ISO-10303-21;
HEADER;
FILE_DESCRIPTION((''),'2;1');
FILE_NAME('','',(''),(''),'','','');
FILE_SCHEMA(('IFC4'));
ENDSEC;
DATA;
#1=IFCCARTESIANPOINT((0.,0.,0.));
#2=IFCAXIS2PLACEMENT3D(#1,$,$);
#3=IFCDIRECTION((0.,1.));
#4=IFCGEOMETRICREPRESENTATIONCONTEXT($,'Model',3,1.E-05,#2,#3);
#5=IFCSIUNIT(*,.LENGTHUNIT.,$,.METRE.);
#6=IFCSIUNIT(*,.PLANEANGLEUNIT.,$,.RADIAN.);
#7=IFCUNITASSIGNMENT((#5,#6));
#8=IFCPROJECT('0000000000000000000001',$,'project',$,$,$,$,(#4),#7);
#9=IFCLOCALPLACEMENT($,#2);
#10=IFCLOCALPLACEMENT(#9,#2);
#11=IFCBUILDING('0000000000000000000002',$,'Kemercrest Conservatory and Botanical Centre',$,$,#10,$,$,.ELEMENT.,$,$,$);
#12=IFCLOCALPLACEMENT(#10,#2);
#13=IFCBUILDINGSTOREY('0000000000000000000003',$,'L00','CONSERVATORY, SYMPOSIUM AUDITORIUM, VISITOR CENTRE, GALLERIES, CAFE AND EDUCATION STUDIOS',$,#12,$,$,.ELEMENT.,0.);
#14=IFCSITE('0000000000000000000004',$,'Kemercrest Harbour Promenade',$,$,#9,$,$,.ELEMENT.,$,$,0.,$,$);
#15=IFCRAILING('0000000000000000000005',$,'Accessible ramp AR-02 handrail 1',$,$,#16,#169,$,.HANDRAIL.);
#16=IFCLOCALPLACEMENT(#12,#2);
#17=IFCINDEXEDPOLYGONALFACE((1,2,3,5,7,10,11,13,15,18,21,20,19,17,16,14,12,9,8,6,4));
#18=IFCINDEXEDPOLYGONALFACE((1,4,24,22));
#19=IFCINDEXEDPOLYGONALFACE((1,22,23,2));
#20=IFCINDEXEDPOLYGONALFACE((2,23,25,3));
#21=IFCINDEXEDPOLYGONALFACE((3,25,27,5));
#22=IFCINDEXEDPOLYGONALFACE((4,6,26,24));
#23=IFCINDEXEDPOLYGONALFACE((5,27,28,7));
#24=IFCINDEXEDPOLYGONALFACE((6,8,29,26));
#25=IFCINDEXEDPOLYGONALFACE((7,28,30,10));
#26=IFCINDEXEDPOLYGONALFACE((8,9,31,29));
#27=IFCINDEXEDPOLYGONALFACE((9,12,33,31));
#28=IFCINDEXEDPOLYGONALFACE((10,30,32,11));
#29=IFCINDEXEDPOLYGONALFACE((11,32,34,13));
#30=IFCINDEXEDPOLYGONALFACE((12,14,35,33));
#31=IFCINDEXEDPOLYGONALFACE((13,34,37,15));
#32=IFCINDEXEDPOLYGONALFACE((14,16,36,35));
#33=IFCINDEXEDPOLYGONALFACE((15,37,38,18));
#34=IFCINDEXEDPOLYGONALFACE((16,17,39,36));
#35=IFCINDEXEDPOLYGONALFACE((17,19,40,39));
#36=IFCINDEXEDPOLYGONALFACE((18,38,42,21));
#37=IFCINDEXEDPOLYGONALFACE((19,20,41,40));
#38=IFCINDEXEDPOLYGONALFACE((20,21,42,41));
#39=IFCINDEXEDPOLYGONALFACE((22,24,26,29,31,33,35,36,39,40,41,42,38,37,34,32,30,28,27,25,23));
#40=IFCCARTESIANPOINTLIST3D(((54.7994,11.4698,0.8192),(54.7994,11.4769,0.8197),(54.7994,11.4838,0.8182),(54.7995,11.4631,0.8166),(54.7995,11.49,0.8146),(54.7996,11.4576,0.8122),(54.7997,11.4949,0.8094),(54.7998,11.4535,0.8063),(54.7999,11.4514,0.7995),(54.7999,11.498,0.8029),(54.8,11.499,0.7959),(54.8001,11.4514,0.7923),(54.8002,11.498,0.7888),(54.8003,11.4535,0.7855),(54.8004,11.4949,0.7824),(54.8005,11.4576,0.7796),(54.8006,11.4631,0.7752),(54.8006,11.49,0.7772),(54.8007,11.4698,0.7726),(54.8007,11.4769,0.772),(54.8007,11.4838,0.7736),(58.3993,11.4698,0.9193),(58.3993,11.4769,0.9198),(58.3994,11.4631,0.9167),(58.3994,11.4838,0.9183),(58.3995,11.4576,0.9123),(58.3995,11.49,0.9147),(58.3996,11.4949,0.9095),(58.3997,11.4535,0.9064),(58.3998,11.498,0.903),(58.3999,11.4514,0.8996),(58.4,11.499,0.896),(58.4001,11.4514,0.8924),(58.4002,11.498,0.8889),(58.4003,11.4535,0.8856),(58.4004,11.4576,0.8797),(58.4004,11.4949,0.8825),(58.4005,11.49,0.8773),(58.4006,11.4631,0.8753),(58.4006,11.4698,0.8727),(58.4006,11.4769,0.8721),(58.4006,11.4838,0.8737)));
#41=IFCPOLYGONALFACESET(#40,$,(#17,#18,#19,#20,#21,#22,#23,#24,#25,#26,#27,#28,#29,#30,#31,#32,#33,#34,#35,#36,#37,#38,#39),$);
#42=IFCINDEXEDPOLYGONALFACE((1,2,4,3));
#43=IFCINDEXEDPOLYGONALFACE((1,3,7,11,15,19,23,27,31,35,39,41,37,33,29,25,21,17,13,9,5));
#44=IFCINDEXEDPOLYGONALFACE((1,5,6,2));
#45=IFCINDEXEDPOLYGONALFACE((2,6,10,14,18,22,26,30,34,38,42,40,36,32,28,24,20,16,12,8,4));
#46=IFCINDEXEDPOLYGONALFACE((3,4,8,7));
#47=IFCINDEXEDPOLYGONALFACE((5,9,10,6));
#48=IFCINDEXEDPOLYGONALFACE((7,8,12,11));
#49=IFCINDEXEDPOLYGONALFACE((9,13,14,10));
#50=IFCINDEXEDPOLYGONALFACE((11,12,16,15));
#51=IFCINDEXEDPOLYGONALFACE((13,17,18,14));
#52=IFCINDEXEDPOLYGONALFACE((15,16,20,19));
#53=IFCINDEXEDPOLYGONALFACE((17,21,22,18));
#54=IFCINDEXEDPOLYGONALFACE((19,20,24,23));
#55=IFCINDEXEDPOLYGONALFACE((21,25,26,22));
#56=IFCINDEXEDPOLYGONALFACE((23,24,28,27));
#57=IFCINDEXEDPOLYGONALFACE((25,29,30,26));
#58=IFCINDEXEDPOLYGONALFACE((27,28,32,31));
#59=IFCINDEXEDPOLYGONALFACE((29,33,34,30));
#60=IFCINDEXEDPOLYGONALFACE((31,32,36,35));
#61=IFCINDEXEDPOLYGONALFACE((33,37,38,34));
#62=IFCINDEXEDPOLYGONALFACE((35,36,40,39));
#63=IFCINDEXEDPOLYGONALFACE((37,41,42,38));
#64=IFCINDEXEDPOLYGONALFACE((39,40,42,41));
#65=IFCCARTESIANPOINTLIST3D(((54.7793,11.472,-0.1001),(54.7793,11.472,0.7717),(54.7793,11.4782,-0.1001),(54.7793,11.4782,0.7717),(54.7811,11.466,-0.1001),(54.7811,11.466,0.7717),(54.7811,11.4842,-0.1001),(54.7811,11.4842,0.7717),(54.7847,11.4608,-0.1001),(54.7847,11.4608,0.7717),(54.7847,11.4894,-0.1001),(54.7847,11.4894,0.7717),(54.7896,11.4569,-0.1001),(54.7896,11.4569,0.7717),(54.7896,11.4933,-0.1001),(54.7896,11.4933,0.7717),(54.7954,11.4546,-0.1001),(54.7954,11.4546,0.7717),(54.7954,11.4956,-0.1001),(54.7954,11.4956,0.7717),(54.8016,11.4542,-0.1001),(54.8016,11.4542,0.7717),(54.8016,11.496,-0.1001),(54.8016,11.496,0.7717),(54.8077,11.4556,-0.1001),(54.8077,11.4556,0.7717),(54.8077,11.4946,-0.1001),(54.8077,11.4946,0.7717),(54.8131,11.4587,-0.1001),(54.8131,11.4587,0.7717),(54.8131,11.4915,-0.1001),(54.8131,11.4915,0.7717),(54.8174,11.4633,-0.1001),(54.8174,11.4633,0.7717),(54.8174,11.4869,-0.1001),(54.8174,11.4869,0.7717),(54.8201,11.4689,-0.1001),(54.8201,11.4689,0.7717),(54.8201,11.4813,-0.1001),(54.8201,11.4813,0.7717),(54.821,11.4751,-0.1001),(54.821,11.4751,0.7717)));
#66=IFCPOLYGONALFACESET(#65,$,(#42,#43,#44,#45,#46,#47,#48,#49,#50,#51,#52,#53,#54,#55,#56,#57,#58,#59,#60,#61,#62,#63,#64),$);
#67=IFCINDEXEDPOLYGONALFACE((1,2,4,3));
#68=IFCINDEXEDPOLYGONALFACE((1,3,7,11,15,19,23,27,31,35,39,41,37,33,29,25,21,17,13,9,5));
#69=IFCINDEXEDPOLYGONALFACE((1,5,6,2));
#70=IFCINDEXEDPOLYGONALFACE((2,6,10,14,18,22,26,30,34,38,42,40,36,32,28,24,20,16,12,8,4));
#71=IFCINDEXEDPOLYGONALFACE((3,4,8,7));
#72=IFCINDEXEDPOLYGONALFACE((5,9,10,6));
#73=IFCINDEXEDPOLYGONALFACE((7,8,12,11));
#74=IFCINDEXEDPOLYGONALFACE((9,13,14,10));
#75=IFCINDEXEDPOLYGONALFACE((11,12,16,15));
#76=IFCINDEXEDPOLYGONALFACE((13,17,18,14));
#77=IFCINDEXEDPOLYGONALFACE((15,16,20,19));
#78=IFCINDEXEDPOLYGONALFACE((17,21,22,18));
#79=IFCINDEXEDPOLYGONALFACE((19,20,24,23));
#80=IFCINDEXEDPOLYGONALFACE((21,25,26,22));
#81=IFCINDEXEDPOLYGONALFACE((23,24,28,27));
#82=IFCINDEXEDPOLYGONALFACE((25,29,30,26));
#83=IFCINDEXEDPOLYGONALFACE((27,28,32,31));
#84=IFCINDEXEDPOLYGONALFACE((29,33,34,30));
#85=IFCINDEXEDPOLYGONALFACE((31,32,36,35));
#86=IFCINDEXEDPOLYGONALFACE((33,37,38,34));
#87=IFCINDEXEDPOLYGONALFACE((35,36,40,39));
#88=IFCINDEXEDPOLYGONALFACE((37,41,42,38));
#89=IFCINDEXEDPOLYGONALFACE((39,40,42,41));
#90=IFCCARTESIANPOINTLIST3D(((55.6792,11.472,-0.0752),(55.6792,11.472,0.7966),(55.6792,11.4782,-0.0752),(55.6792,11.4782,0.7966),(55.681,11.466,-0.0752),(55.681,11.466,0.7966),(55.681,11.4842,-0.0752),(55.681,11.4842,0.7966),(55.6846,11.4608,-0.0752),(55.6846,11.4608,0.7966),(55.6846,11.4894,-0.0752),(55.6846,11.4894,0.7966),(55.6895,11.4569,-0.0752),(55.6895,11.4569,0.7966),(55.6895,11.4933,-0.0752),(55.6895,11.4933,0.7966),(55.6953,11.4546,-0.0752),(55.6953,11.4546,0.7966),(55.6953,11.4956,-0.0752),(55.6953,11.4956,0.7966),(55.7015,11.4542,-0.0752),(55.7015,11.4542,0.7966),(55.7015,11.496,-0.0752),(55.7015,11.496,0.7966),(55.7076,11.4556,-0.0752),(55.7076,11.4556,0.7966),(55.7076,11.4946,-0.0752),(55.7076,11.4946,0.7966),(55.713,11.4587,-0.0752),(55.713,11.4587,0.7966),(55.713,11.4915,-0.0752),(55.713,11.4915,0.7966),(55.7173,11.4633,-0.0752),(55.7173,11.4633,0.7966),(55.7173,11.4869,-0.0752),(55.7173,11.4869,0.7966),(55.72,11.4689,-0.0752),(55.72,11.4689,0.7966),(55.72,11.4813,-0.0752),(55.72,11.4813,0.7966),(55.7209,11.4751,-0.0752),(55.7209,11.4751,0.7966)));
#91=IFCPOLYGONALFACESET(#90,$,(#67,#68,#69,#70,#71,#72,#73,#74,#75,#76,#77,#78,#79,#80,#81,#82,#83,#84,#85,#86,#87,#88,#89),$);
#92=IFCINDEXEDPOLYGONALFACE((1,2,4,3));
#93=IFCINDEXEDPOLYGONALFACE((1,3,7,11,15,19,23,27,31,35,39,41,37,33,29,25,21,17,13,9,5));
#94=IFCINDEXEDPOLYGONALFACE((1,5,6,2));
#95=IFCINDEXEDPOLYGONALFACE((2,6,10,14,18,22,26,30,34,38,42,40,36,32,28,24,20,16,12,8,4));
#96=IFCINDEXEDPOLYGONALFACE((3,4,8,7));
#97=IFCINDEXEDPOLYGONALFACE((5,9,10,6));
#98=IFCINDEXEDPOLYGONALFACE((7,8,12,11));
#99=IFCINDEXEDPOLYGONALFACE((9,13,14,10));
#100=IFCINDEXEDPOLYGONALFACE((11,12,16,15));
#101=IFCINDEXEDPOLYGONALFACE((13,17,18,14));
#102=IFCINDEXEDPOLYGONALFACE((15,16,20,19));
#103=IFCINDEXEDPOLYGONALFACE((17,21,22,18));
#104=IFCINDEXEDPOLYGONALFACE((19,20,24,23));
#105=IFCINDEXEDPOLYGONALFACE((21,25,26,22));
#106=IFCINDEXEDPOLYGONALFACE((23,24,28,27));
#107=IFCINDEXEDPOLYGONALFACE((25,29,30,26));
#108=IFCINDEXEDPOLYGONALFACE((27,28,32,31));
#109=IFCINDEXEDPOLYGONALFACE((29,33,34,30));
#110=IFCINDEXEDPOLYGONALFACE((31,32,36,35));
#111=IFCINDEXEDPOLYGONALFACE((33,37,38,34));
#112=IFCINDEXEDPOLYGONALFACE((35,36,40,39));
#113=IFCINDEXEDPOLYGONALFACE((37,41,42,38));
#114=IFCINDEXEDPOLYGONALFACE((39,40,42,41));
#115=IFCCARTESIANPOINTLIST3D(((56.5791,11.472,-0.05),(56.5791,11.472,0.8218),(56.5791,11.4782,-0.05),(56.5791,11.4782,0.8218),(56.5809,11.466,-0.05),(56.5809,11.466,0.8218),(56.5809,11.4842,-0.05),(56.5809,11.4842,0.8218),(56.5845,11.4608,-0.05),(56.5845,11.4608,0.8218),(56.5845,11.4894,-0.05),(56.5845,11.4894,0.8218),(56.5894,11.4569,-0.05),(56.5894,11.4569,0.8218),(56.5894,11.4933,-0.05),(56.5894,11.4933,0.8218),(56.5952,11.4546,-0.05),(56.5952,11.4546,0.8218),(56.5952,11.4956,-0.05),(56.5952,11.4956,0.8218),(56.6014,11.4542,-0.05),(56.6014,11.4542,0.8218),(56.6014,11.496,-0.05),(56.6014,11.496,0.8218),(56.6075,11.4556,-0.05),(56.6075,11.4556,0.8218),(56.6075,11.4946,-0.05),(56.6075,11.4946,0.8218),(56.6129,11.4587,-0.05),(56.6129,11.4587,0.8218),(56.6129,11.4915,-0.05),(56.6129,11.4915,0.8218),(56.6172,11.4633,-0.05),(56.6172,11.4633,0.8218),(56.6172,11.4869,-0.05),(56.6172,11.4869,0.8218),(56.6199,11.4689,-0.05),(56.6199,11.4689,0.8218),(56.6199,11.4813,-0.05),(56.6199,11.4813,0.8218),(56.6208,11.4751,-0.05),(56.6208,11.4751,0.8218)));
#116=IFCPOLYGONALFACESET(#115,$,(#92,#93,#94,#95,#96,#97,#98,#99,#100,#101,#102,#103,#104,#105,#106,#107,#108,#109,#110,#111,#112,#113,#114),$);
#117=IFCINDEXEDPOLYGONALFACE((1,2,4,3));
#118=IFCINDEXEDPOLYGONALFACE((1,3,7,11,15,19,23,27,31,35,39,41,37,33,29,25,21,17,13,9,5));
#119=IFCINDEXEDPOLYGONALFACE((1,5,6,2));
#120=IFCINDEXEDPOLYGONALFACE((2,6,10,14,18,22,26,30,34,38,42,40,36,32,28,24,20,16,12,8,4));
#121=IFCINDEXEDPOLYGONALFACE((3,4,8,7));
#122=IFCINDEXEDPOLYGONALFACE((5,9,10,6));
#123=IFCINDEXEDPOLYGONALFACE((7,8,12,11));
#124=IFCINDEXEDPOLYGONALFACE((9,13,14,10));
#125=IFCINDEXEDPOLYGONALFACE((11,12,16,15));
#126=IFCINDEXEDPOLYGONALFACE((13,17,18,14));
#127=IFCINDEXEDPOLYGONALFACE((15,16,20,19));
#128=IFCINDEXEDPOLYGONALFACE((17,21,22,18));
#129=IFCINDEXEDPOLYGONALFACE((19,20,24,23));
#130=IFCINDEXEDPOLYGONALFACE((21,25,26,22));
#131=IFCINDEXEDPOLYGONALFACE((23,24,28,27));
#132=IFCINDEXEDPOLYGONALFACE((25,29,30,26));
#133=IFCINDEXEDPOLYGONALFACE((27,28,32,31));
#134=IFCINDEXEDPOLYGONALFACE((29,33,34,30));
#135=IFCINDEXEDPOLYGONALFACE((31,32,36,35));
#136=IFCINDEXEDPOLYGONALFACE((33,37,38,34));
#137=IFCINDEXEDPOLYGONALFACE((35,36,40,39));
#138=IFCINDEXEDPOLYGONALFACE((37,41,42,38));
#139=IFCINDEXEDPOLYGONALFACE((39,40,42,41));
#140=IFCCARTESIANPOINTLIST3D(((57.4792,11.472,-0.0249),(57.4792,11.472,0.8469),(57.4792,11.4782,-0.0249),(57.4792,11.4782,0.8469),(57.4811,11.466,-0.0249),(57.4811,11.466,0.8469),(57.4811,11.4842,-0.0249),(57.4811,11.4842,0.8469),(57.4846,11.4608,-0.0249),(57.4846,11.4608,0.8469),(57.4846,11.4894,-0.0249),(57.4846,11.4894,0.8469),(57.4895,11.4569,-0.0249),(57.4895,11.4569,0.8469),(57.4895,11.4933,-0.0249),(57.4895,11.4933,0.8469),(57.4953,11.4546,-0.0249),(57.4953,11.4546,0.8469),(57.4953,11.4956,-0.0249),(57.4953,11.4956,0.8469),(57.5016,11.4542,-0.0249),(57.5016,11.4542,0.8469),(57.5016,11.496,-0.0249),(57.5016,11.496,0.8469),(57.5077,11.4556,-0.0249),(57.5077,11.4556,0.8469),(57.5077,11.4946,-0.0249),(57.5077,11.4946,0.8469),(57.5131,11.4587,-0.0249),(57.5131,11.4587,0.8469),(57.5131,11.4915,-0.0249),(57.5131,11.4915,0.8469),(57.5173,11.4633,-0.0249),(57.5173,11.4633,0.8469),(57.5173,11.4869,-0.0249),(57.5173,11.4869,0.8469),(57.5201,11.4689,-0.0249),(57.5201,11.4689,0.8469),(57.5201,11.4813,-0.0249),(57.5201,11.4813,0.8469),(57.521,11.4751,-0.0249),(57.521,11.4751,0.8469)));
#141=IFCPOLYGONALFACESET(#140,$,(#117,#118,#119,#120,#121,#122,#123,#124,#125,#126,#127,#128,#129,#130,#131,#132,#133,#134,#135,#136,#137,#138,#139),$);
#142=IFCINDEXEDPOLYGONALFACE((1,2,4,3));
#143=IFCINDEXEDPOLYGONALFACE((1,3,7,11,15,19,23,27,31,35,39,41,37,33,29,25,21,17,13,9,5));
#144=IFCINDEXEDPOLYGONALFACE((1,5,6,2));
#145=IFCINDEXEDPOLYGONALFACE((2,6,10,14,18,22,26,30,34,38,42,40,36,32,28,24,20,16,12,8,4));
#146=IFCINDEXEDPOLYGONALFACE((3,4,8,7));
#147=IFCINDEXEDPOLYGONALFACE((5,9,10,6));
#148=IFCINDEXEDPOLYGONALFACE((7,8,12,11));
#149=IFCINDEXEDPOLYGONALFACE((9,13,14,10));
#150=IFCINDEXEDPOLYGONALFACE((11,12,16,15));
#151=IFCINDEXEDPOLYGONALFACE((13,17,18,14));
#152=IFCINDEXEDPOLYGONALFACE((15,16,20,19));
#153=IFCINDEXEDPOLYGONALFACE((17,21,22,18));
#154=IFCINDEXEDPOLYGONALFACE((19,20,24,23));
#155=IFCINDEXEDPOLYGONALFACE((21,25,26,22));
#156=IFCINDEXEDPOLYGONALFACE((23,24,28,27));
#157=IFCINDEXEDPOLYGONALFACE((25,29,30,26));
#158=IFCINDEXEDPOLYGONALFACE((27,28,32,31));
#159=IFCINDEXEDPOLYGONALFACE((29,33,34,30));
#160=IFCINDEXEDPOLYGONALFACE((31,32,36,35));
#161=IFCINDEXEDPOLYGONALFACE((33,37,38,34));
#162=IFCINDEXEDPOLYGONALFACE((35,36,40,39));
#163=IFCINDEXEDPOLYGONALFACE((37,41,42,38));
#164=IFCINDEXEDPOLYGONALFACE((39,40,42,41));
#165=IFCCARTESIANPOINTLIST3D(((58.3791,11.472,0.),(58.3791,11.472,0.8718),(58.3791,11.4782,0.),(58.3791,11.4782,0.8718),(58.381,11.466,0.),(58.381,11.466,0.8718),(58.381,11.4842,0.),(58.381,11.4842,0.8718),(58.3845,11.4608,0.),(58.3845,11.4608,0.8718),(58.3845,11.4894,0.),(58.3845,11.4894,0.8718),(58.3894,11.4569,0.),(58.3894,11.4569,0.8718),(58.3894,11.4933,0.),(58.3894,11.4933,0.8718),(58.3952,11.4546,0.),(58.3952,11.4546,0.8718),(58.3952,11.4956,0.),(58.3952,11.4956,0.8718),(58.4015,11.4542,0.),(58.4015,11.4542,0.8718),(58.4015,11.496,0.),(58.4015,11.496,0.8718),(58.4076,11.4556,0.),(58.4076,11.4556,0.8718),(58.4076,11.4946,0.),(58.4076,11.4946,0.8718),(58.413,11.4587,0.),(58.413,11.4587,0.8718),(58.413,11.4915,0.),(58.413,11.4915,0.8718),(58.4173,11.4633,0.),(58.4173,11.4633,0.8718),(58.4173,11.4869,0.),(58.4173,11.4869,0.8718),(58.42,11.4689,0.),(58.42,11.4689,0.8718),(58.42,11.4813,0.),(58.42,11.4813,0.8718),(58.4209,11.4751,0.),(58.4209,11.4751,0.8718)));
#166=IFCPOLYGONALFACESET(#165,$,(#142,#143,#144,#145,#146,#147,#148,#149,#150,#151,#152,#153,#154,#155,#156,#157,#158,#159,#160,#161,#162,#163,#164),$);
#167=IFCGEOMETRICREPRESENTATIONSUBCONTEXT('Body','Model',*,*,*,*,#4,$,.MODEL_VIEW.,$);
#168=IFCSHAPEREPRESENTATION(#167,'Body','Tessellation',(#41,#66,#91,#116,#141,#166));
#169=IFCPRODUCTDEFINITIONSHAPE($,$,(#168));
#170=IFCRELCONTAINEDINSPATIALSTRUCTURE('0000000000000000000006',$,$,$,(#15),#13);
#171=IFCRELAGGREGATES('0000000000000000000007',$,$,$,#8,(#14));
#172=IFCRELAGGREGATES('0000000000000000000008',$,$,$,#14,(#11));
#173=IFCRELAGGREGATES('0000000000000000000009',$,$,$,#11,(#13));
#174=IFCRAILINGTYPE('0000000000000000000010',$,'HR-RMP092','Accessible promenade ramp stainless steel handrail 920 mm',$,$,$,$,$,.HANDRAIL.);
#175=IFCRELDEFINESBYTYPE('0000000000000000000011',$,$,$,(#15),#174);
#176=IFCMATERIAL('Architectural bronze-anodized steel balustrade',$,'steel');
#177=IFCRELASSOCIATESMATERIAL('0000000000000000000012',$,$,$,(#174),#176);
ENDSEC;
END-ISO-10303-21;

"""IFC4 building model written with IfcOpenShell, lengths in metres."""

from ifc_helpers import new_model, si_unit, direction, frame, origin, origin_2d, place, context, subcontext, project, spatial, circle, extrude, material, type_object, element, save


model = new_model("IFC4")

# Units and contexts
model_context = context("Model", 3, precision=1e-05, world=origin(), true_north=direction((0.0, 1.0)))
body_context = subcontext(model_context, "Body", "Model", "MODEL_VIEW")
ifc_project = project(units=[si_unit("LENGTHUNIT", "METRE"), si_unit("PLANEANGLEUNIT", "RADIAN")], contexts=[model_context])

# Site, building, storey
site_placement = place(None, origin())
site = spatial("IfcSite", under=ifc_project, at=site_placement, Name="Kemercrest Harbour Promenade", CompositionType="ELEMENT", RefElevation=0.0)
building_placement = place(site_placement, origin())
building = spatial("IfcBuilding", under=site, at=building_placement, Name="Kemercrest Conservatory and Botanical Centre", CompositionType="ELEMENT")
storey_placement = place(building_placement, origin())
storey = spatial("IfcBuildingStorey", under=building, at=storey_placement, Name="L00", Description="CONSERVATORY, SYMPOSIUM AUDITORIUM, VISITOR CENTRE, GALLERIES, CAFE AND EDUCATION STUDIOS", CompositionType="ELEMENT", Elevation=0.0)

# Railing
ifc_material_1 = material(Name="Architectural bronze-anodized steel balustrade", Category="steel")
railing_type = type_object("IfcRailingType", Name="HR-RMP092", Description="Accessible promenade ramp stainless steel handrail 920 mm", PredefinedType="HANDRAIL", material=ifc_material_1)
for number, where, name in (
    (1, (54.8, 11.4751, -0.1001), "Accessible ramp AR-02 handrail 1"),
):
    element("IfcRailing", number, at=place(storey_placement, frame(where)), inside=storey, type_object=railing_type, Name=name, PredefinedType="HANDRAIL", context=body_context, shape_type="SweptSolid", body=[
        extrude(circle(Radius=0.0239, at=origin_2d()), frame((0.0, 0.0, 0.896), z_axis=(0.999614, 0.0, 0.027795), x_axis=(0.0, 1.0, 0.0)), (0.0, 0.0, 1.0), 3.6013),
        extrude(circle(Radius=0.021, at=origin_2d()), origin(), (0.0, 0.0, 1.0), 0.8718),
        extrude(circle(Radius=0.021, at=origin_2d()), frame((0.8999, 0.0, 0.0249)), (0.0, 0.0, 1.0), 0.8718),
        extrude(circle(Radius=0.021, at=origin_2d()), frame((1.7998, 0.0, 0.05)), (0.0, 0.0, 1.0), 0.8718),
        extrude(circle(Radius=0.021, at=origin_2d()), frame((2.7, 0.0, 0.0752)), (0.0, 0.0, 1.0), 0.8718),
        extrude(circle(Radius=0.021, at=origin_2d()), frame((3.5999, 0.0, 0.1001)), (0.0, 0.0, 1.0), 0.8718),
    ])

save(model, "model.ifc")
